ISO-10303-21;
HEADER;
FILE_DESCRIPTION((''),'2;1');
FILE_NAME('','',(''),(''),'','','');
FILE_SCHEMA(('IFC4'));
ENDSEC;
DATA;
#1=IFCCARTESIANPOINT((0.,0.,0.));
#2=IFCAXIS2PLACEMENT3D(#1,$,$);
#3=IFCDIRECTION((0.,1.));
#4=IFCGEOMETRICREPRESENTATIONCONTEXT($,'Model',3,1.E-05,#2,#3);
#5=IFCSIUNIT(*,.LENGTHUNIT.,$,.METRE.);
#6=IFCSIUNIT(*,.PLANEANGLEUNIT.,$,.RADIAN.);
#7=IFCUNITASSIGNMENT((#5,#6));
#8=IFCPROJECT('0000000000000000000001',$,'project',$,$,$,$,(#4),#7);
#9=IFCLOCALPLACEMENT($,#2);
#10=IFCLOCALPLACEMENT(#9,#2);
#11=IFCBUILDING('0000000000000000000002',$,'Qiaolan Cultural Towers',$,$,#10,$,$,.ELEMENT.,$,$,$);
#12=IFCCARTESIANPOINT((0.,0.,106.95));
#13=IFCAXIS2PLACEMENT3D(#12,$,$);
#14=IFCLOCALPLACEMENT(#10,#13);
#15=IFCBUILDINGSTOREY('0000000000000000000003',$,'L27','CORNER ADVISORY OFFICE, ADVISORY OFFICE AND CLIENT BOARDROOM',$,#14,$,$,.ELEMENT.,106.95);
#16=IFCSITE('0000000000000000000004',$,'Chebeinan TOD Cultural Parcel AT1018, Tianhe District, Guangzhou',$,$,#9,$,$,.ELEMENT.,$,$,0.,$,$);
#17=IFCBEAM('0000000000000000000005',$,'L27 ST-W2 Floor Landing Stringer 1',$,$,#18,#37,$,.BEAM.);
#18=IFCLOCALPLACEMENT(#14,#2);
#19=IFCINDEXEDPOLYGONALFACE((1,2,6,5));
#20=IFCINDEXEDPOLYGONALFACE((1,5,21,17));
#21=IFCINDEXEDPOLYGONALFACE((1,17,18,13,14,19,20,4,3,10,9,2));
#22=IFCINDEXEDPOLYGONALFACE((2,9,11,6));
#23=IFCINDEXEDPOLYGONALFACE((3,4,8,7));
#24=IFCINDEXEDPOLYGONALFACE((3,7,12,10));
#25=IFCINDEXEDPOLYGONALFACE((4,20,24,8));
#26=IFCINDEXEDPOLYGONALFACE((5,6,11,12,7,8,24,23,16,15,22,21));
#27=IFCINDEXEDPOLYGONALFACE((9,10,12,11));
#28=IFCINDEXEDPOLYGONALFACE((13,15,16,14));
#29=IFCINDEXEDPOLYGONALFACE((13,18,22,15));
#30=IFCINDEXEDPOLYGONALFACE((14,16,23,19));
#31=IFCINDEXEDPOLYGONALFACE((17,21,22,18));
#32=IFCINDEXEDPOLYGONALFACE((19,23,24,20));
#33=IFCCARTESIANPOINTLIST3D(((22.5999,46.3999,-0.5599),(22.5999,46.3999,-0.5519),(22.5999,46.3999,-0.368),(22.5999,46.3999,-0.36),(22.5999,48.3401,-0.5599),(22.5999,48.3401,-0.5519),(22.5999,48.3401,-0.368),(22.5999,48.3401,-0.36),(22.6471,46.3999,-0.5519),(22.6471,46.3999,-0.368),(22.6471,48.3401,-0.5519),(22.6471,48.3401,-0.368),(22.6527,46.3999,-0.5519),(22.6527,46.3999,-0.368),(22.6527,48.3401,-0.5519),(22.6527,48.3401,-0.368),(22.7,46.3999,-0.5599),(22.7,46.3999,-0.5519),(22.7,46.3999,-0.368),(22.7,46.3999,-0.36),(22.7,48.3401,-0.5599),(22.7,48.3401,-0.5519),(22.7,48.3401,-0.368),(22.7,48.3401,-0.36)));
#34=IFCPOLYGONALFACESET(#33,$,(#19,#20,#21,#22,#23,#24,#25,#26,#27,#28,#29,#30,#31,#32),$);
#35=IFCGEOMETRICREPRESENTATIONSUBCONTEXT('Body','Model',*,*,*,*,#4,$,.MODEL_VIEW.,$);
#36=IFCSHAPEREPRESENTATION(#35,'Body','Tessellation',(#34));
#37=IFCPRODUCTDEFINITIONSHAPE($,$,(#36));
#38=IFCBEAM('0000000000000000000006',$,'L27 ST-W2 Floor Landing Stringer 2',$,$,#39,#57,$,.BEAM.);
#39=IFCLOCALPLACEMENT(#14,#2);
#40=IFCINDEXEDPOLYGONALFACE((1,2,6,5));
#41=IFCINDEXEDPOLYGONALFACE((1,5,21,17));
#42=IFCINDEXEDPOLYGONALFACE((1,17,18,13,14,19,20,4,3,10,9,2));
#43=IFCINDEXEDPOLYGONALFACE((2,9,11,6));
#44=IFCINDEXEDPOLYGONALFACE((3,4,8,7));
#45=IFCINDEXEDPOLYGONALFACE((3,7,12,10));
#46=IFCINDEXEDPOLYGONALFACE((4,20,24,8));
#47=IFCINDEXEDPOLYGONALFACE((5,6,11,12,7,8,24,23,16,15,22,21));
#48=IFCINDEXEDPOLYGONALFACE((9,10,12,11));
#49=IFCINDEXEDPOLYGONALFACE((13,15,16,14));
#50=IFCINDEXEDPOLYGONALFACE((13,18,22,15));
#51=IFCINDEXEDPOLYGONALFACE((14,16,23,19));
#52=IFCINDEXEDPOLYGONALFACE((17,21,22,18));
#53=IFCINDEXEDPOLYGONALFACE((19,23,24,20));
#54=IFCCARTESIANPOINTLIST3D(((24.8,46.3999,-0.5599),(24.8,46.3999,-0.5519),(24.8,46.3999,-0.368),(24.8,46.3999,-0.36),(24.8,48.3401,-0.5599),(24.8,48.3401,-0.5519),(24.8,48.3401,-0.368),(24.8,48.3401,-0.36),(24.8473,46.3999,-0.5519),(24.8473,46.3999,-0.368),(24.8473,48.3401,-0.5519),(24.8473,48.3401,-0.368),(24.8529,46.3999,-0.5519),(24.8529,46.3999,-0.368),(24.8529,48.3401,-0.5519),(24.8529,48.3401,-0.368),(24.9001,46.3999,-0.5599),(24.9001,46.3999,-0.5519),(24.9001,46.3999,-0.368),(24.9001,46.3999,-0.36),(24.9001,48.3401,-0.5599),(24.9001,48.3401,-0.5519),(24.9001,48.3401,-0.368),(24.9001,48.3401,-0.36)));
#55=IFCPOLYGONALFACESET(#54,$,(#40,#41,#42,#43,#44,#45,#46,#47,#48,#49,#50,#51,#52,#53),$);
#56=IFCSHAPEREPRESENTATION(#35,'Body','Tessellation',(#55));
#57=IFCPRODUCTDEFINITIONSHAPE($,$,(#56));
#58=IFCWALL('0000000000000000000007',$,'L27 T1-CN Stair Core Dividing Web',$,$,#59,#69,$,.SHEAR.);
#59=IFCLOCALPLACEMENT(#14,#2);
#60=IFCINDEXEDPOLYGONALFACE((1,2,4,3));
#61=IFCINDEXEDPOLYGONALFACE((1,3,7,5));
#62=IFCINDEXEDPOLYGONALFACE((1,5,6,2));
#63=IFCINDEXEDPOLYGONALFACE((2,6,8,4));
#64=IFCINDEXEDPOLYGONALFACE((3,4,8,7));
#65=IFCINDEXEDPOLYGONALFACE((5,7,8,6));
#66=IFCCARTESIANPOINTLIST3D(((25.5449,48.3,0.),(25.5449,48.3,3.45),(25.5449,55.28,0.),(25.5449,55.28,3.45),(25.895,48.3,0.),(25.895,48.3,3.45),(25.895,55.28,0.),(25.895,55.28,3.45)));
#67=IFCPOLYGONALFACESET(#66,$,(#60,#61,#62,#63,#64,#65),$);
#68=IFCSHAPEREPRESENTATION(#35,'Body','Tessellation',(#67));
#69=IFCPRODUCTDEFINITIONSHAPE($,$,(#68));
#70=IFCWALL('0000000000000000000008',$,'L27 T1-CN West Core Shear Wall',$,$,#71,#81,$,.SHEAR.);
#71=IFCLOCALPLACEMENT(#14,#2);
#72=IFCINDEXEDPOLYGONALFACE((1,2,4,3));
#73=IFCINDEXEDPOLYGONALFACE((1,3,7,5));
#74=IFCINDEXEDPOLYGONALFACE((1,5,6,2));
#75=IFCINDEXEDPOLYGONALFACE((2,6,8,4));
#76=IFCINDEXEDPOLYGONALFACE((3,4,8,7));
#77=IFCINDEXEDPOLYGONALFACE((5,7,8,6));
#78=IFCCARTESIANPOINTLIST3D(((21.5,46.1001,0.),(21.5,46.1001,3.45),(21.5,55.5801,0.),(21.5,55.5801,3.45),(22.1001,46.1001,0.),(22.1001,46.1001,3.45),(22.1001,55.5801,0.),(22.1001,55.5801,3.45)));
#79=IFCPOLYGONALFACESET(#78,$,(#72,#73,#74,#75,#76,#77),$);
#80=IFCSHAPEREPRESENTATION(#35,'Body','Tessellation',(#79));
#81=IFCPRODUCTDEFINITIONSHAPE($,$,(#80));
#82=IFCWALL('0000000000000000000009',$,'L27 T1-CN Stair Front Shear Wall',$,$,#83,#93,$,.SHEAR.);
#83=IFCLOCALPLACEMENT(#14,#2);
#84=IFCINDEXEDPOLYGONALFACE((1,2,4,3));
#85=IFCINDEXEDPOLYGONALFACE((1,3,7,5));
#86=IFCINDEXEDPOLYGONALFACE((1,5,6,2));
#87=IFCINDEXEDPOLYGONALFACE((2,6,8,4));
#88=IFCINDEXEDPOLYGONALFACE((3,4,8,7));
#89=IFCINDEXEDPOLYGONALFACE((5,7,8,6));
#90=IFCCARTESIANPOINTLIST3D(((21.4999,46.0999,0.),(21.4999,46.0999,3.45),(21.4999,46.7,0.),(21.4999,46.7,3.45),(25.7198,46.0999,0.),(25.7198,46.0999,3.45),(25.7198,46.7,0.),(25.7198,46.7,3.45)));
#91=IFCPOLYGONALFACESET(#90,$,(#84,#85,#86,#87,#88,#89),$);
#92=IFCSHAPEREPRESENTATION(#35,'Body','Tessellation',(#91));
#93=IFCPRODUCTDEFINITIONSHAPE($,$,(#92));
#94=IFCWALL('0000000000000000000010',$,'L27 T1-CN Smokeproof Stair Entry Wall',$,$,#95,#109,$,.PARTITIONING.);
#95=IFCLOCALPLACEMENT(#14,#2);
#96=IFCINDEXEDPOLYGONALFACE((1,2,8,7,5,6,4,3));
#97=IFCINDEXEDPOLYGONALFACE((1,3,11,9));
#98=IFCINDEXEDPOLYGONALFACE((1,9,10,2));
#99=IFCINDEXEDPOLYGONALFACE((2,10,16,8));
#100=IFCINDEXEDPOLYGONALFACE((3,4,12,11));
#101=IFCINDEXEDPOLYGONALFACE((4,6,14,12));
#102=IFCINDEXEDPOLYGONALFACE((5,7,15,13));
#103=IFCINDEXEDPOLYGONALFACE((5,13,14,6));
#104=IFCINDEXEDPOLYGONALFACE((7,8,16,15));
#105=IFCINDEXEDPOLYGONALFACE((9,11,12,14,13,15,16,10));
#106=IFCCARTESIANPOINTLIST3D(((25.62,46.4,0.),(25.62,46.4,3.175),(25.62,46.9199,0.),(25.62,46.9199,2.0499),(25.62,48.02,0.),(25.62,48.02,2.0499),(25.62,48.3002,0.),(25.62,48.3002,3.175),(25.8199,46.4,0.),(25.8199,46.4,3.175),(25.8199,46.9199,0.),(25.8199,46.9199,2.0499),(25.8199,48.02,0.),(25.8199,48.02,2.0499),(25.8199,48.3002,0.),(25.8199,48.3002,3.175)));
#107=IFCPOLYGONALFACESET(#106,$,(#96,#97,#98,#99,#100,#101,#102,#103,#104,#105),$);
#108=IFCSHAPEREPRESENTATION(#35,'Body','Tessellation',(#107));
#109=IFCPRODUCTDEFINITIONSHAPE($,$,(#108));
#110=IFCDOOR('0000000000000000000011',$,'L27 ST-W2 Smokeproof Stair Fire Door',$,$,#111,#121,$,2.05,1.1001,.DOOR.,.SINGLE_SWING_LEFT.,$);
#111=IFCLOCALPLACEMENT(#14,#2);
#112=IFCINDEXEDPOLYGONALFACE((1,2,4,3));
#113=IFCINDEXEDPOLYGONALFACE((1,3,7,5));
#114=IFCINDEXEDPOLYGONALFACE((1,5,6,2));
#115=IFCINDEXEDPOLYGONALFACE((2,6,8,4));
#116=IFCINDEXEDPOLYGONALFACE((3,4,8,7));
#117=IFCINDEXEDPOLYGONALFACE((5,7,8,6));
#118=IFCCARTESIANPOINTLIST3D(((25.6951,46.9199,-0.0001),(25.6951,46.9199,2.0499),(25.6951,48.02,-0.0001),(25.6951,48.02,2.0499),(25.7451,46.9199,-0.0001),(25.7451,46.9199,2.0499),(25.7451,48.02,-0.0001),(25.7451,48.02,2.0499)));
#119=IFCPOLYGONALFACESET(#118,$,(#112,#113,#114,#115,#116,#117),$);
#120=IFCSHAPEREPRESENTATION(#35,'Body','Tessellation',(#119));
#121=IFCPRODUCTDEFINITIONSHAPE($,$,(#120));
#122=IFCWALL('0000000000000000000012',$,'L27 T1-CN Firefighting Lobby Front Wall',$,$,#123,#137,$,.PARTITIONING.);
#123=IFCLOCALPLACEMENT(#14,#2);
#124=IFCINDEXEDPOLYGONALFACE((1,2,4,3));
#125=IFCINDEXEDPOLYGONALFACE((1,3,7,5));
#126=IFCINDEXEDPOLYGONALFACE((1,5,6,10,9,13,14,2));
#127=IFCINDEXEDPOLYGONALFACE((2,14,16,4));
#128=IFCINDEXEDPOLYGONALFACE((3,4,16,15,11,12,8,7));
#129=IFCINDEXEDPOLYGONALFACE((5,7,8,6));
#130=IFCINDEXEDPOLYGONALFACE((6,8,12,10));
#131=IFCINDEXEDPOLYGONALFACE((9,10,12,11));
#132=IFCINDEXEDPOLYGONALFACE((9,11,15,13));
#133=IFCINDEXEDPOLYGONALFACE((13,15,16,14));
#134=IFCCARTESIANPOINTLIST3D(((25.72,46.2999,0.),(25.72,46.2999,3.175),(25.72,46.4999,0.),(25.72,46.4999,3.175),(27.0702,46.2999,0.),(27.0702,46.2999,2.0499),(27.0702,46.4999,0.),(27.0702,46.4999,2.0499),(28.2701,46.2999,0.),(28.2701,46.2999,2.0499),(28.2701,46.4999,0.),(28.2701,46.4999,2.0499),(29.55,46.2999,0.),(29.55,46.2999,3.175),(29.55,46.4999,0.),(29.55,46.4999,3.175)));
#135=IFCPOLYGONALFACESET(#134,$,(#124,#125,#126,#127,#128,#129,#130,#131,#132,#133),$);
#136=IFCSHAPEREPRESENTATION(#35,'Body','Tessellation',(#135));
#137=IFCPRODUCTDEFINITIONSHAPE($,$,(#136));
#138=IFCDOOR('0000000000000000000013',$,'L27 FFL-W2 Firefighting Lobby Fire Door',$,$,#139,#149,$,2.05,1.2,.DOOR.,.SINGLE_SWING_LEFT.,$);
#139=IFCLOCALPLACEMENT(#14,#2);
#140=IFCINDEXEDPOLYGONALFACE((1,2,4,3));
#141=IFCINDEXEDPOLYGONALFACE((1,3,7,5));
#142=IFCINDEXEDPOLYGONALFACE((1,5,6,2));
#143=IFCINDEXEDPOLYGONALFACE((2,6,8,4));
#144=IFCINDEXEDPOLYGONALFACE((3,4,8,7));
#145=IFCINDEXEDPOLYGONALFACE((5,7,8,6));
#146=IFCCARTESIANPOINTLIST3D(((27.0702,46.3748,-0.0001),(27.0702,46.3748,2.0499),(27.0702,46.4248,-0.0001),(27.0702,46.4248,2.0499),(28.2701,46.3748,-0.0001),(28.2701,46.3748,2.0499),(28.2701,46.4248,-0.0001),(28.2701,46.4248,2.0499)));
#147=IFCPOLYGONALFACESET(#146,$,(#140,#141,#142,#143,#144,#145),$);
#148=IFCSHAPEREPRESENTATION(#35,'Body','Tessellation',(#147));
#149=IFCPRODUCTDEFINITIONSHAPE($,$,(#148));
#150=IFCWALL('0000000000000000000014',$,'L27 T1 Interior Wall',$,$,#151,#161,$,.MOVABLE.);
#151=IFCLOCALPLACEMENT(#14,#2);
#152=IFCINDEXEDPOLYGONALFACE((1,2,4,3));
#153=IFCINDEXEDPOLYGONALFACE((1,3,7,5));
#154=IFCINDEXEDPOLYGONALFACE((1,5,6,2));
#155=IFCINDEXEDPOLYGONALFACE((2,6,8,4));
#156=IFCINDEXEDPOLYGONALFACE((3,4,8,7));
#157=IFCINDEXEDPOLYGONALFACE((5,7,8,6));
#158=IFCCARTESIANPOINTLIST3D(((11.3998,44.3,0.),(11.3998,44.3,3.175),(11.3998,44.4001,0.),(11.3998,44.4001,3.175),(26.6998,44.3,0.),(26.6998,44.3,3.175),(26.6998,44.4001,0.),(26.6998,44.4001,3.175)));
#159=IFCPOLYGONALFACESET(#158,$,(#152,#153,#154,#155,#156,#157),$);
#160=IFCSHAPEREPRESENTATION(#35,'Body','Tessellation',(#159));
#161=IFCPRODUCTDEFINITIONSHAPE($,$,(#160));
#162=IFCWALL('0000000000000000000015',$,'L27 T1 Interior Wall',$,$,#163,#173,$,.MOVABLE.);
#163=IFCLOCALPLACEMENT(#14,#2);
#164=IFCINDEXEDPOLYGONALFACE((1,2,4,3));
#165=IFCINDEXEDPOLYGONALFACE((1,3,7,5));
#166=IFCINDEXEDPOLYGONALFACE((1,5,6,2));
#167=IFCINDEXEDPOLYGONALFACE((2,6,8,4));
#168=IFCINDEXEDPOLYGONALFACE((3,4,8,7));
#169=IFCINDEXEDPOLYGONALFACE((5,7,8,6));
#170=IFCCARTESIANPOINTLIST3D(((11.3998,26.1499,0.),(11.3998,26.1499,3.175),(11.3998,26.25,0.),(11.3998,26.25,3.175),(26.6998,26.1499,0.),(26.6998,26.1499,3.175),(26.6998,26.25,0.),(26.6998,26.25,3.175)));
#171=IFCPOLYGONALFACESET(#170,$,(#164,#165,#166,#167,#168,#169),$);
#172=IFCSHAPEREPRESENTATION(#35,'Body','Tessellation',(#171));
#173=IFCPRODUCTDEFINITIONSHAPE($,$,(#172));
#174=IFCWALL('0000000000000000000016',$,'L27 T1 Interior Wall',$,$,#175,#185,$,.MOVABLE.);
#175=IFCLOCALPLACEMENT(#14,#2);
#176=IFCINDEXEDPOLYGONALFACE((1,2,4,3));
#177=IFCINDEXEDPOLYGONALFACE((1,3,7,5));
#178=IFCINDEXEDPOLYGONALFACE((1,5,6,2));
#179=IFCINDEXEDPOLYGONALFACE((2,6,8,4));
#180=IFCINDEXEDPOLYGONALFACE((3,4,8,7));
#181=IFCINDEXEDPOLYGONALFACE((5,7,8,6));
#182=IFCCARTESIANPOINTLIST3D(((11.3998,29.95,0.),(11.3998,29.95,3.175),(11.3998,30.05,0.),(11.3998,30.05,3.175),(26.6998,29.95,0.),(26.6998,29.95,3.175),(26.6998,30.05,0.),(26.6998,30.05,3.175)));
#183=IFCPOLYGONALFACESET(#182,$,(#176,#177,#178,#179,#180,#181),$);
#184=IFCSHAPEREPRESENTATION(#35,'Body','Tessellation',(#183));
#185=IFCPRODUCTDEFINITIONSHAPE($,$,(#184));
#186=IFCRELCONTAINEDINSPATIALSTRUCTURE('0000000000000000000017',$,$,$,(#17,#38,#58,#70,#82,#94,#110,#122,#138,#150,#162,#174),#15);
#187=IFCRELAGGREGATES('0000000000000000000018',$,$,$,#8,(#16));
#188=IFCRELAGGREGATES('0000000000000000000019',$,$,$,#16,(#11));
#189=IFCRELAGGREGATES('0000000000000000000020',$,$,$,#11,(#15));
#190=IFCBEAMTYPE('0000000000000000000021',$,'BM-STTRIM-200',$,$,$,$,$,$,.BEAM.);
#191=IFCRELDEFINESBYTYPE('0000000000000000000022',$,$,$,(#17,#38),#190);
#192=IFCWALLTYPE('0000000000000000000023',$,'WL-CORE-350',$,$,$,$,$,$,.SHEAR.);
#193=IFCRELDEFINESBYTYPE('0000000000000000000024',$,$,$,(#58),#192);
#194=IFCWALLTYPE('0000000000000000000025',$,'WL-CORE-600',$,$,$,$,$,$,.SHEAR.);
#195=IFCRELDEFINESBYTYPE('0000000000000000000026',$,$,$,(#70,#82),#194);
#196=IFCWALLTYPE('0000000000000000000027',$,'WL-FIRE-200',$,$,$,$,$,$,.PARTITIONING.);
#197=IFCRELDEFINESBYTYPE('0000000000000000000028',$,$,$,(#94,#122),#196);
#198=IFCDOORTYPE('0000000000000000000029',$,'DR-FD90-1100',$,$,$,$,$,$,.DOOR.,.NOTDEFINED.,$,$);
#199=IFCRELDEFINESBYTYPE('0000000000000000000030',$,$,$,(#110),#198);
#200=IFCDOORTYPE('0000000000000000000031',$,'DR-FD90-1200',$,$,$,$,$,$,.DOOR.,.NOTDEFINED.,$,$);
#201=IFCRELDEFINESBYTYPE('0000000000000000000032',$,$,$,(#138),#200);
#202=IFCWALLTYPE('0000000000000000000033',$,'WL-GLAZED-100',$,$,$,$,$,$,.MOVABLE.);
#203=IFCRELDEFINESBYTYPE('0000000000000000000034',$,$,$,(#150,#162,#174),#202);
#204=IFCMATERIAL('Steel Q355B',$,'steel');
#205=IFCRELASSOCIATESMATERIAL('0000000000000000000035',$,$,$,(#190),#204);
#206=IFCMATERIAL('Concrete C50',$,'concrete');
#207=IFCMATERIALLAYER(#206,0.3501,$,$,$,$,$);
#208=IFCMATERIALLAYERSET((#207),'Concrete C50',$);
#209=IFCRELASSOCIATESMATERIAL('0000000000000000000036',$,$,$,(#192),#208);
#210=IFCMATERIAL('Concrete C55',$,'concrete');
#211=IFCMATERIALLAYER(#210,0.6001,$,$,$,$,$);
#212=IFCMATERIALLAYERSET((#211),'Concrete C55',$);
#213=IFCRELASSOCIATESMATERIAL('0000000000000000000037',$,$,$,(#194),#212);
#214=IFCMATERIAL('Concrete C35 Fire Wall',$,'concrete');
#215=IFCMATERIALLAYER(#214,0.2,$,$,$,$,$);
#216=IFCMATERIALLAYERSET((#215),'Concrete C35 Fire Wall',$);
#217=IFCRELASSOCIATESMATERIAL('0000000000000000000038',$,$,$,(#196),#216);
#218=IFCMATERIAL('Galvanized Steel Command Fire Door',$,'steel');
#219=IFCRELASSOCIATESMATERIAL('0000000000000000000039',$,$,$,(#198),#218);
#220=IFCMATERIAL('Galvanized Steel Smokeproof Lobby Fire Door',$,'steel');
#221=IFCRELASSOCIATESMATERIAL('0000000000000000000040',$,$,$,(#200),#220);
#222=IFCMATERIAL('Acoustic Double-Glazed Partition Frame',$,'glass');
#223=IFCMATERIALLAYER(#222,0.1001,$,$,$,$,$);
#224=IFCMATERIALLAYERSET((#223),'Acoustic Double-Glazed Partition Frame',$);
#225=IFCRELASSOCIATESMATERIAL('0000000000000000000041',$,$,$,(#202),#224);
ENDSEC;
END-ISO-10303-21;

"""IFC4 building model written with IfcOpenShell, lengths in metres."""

from ifc_helpers import new_model, si_unit, direction, frame, frame_2d, origin, origin_2d, place, context, subcontext, project, spatial, rectangle, i_section, extrude, material, layer, layer_set, material_profile, profile_set, type_object, element, fill, save


model = new_model("IFC4")

# Units and contexts
model_context = context("Model", 3, precision=1e-05, world=origin(), true_north=direction((0.0, 1.0)))
body_context = subcontext(model_context, "Body", "Model", "MODEL_VIEW")
ifc_project = project(units=[si_unit("LENGTHUNIT", "METRE"), si_unit("PLANEANGLEUNIT", "RADIAN")], contexts=[model_context])

# Site, building, storey
site_placement = place(None, origin())
site = spatial("IfcSite", under=ifc_project, at=site_placement, Name="Chebeinan TOD Cultural Parcel AT1018, Tianhe District, Guangzhou", CompositionType="ELEMENT", RefElevation=0.0)
building_placement = place(site_placement, origin())
building = spatial("IfcBuilding", under=site, at=building_placement, Name="Qiaolan Cultural Towers", CompositionType="ELEMENT")
storey_placement = place(building_placement, frame((0.0, 0.0, 106.95)))
storey = spatial("IfcBuildingStorey", under=building, at=storey_placement, Name="L27", Description="CORNER ADVISORY OFFICE, ADVISORY OFFICE AND CLIENT BOARDROOM", CompositionType="ELEMENT", Elevation=106.95)

# Beams
ifc_material_1 = material(Name="Steel Q355B", Category="steel")
ifc_material_profile_1 = material_profile(ifc_material_1, i_section(OverallWidth=0.1001, OverallDepth=0.2, WebThickness=0.0056, FlangeThickness=0.0081, at=origin_2d()), Name="HN200x100x5.5x8")
ifc_profile_set_1 = profile_set([ifc_material_profile_1], Name="Steel Q355B")
beam_type_1 = type_object("IfcBeamType", Name="BM-STTRIM-200", PredefinedType="BEAM", material=ifc_profile_set_1)
for number, where, z_axis, x_axis, name in (
    (1, (22.6499, 46.3999, -0.46), (0.0, 1.0, 0.0), (-1.0, 0.0, 0.0), "L27 ST-W2 Floor Landing Stringer 1"),
    (2, (24.8501, 46.3999, -0.46), (0.0, 1.0, 0.0), (-1.0, 0.0, 0.0), "L27 ST-W2 Floor Landing Stringer 2"),
):
    element("IfcBeam", number, at=place(storey_placement, frame(where, z_axis=z_axis, x_axis=x_axis)), inside=storey, type_object=beam_type_1, Name=name, PredefinedType="BEAM", context=body_context, shape_type="SweptSolid", body=[
        extrude(i_section(OverallWidth=0.1001, OverallDepth=0.2, WebThickness=0.0056, FlangeThickness=0.0081, at=origin_2d()), origin(), (0.0, 0.0, 1.0), 1.9402),
    ])

# Walls
ifc_material_2 = material(Name="Concrete C50", Category="concrete")
ifc_layer_1 = layer(ifc_material_2, 0.3501)
ifc_layer_set_1 = layer_set([ifc_layer_1], Name="Concrete C50")
wall_type_1 = type_object("IfcWallType", Name="WL-CORE-350", PredefinedType="SHEAR", material=ifc_layer_set_1)
wall_1_placement = place(storey_placement, frame((25.72, 48.3, 0.0), z_axis=(0.0, 0.0, 1.0), x_axis=(0.0, 1.0, 0.0)))
element("IfcWall", 3, at=wall_1_placement, inside=storey, type_object=wall_type_1, Name="L27 T1-CN Stair Core Dividing Web", PredefinedType="SHEAR", context=body_context, shape_type="SweptSolid", body=[
    extrude(rectangle(XDim=6.98, YDim=0.3501, at=frame_2d((3.49, 0.0))), origin(), (0.0, 0.0, 1.0), 3.45),
])
ifc_material_3 = material(Name="Concrete C55", Category="concrete")
ifc_layer_2 = layer(ifc_material_3, 0.6001)
ifc_layer_set_2 = layer_set([ifc_layer_2], Name="Concrete C55")
wall_type_2 = type_object("IfcWallType", Name="WL-CORE-600", PredefinedType="SHEAR", material=ifc_layer_set_2)
wall_2_placement = place(storey_placement, frame((21.8, 46.1001, 0.0), z_axis=(0.0, 0.0, 1.0), x_axis=(0.0, 1.0, 0.0)))
element("IfcWall", 4, at=wall_2_placement, inside=storey, type_object=wall_type_2, Name="L27 T1-CN West Core Shear Wall", PredefinedType="SHEAR", context=body_context, shape_type="SweptSolid", body=[
    extrude(rectangle(XDim=9.48, YDim=0.6001, at=frame_2d((4.74, 0.0))), origin(), (0.0, 0.0, 1.0), 3.45),
])
wall_3_placement = place(storey_placement, frame((21.5, 46.3999, 0.0), z_axis=(0.0, 0.0, 1.0), x_axis=(1.0, 0.0, 0.0)))
element("IfcWall", 5, at=wall_3_placement, inside=storey, type_object=wall_type_2, Name="L27 T1-CN Stair Front Shear Wall", PredefinedType="SHEAR", context=body_context, shape_type="SweptSolid", body=[
    extrude(rectangle(XDim=4.22, YDim=0.6001, at=frame_2d((2.1099, 0.0))), origin(), (0.0, 0.0, 1.0), 3.45),
])

# Walls, openings, doors
ifc_material_4 = material(Name="Concrete C35 Fire Wall", Category="concrete")
ifc_layer_3 = layer(ifc_material_4, 0.2)
ifc_layer_set_3 = layer_set([ifc_layer_3], Name="Concrete C35 Fire Wall")
wall_type_3 = type_object("IfcWallType", Name="WL-FIRE-200", PredefinedType="PARTITIONING", material=ifc_layer_set_3)
wall_4_placement = place(storey_placement, frame((25.72, 46.3999, 0.0), z_axis=(0.0, 0.0, 1.0), x_axis=(0.0, 1.0, 0.0)))
wall_4 = element("IfcWall", 6, at=wall_4_placement, inside=storey, type_object=wall_type_3, Name="L27 T1-CN Smokeproof Stair Entry Wall", PredefinedType="PARTITIONING", context=body_context, shape_type="SweptSolid", body=[
    extrude(rectangle(XDim=1.9001, YDim=0.2, at=frame_2d((0.9502, 0.0))), origin(), (0.0, 0.0, 1.0), 3.175),
])
opening_1_placement = place(wall_4_placement, frame((0.52, 0.0, 0.0)))
opening_1 = element("IfcOpeningElement", 7, at=opening_1_placement, cuts=wall_4, PredefinedType="OPENING", context=body_context, shape_type="SweptSolid", body=[
    extrude(rectangle(XDim=1.1001, YDim=2.05, at=frame_2d((0.55, 1.0249))), frame((0.0, 0.1099, 0.0), z_axis=(0.0, -1.0, 0.0), x_axis=(1.0, 0.0, 0.0)), (0.0, 0.0, 1.0), 0.22),
])
ifc_material_5 = material(Name="Galvanized Steel Command Fire Door", Category="steel")
door_type_1 = type_object("IfcDoorType", Name="DR-FD90-1100", OperationType="NOTDEFINED", PredefinedType="DOOR", material=ifc_material_5)
door_1_placement = place(opening_1_placement, origin())
door_1 = element("IfcDoor", 8, at=door_1_placement, inside=storey, type_object=door_type_1, Name="L27 ST-W2 Smokeproof Stair Fire Door", OperationType="SINGLE_SWING_LEFT", OverallHeight=2.05, OverallWidth=1.1001, PredefinedType="DOOR", context=body_context, shape_type="SweptSolid", body=[
    extrude(rectangle(XDim=1.1001, YDim=2.05, at=frame_2d((0.55, 1.0249))), frame((0.0, 0.0249, 0.0), z_axis=(0.0, -1.0, 0.0), x_axis=(1.0, 0.0, 0.0)), (0.0, 0.0, 1.0), 0.05),
])
fill(opening_1, door_1)
wall_5_placement = place(storey_placement, frame((25.72, 46.3999, 0.0), z_axis=(0.0, 0.0, 1.0), x_axis=(1.0, 0.0, 0.0)))
wall_5 = element("IfcWall", 9, at=wall_5_placement, inside=storey, type_object=wall_type_3, Name="L27 T1-CN Firefighting Lobby Front Wall", PredefinedType="PARTITIONING", context=body_context, shape_type="SweptSolid", body=[
    extrude(rectangle(XDim=3.8301, YDim=0.2, at=frame_2d((1.915, 0.0))), origin(), (0.0, 0.0, 1.0), 3.175),
])
opening_2_placement = place(wall_5_placement, frame((1.3501, 0.0, 0.0)))
opening_2 = element("IfcOpeningElement", 10, at=opening_2_placement, cuts=wall_5, PredefinedType="OPENING", context=body_context, shape_type="SweptSolid", body=[
    extrude(rectangle(XDim=1.2, YDim=2.05, at=frame_2d((0.6001, 1.0249))), frame((0.0, 0.1099, 0.0), z_axis=(0.0, -1.0, 0.0), x_axis=(1.0, 0.0, 0.0)), (0.0, 0.0, 1.0), 0.22),
])
ifc_material_6 = material(Name="Galvanized Steel Smokeproof Lobby Fire Door", Category="steel")
door_type_2 = type_object("IfcDoorType", Name="DR-FD90-1200", OperationType="NOTDEFINED", PredefinedType="DOOR", material=ifc_material_6)
door_2_placement = place(opening_2_placement, origin())
door_2 = element("IfcDoor", 11, at=door_2_placement, inside=storey, type_object=door_type_2, Name="L27 FFL-W2 Firefighting Lobby Fire Door", OperationType="SINGLE_SWING_LEFT", OverallHeight=2.05, OverallWidth=1.2, PredefinedType="DOOR", context=body_context, shape_type="SweptSolid", body=[
    extrude(rectangle(XDim=1.2, YDim=2.05, at=frame_2d((0.6001, 1.0249))), frame((0.0, 0.0249, 0.0), z_axis=(0.0, -1.0, 0.0), x_axis=(1.0, 0.0, 0.0)), (0.0, 0.0, 1.0), 0.05),
])
fill(opening_2, door_2)

# Walls
ifc_material_7 = material(Name="Acoustic Double-Glazed Partition Frame", Category="glass")
ifc_layer_4 = layer(ifc_material_7, 0.1001)
ifc_layer_set_4 = layer_set([ifc_layer_4], Name="Acoustic Double-Glazed Partition Frame")
wall_type_4 = type_object("IfcWallType", Name="WL-GLAZED-100", PredefinedType="MOVABLE", material=ifc_layer_set_4)
for number, where, z_axis, x_axis, name in (
    (12, (11.3999, 44.3501, 0.0), (0.0, 0.0, 1.0), (1.0, 0.0, 0.0), "L27 T1 Interior Wall"),
    (13, (11.3999, 26.2, 0.0), (0.0, 0.0, 1.0), (1.0, 0.0, 0.0), "L27 T1 Interior Wall"),
    (14, (11.3999, 30.0, 0.0), (0.0, 0.0, 1.0), (1.0, 0.0, 0.0), "L27 T1 Interior Wall"),
):
    element("IfcWall", number, at=place(storey_placement, frame(where, z_axis=z_axis, x_axis=x_axis)), inside=storey, type_object=wall_type_4, Name=name, PredefinedType="MOVABLE", context=body_context, shape_type="SweptSolid", body=[
        extrude(rectangle(XDim=15.3, YDim=0.1001, at=frame_2d((7.6499, 0.0))), origin(), (0.0, 0.0, 1.0), 3.175),
    ])

save(model, "model.ifc")
